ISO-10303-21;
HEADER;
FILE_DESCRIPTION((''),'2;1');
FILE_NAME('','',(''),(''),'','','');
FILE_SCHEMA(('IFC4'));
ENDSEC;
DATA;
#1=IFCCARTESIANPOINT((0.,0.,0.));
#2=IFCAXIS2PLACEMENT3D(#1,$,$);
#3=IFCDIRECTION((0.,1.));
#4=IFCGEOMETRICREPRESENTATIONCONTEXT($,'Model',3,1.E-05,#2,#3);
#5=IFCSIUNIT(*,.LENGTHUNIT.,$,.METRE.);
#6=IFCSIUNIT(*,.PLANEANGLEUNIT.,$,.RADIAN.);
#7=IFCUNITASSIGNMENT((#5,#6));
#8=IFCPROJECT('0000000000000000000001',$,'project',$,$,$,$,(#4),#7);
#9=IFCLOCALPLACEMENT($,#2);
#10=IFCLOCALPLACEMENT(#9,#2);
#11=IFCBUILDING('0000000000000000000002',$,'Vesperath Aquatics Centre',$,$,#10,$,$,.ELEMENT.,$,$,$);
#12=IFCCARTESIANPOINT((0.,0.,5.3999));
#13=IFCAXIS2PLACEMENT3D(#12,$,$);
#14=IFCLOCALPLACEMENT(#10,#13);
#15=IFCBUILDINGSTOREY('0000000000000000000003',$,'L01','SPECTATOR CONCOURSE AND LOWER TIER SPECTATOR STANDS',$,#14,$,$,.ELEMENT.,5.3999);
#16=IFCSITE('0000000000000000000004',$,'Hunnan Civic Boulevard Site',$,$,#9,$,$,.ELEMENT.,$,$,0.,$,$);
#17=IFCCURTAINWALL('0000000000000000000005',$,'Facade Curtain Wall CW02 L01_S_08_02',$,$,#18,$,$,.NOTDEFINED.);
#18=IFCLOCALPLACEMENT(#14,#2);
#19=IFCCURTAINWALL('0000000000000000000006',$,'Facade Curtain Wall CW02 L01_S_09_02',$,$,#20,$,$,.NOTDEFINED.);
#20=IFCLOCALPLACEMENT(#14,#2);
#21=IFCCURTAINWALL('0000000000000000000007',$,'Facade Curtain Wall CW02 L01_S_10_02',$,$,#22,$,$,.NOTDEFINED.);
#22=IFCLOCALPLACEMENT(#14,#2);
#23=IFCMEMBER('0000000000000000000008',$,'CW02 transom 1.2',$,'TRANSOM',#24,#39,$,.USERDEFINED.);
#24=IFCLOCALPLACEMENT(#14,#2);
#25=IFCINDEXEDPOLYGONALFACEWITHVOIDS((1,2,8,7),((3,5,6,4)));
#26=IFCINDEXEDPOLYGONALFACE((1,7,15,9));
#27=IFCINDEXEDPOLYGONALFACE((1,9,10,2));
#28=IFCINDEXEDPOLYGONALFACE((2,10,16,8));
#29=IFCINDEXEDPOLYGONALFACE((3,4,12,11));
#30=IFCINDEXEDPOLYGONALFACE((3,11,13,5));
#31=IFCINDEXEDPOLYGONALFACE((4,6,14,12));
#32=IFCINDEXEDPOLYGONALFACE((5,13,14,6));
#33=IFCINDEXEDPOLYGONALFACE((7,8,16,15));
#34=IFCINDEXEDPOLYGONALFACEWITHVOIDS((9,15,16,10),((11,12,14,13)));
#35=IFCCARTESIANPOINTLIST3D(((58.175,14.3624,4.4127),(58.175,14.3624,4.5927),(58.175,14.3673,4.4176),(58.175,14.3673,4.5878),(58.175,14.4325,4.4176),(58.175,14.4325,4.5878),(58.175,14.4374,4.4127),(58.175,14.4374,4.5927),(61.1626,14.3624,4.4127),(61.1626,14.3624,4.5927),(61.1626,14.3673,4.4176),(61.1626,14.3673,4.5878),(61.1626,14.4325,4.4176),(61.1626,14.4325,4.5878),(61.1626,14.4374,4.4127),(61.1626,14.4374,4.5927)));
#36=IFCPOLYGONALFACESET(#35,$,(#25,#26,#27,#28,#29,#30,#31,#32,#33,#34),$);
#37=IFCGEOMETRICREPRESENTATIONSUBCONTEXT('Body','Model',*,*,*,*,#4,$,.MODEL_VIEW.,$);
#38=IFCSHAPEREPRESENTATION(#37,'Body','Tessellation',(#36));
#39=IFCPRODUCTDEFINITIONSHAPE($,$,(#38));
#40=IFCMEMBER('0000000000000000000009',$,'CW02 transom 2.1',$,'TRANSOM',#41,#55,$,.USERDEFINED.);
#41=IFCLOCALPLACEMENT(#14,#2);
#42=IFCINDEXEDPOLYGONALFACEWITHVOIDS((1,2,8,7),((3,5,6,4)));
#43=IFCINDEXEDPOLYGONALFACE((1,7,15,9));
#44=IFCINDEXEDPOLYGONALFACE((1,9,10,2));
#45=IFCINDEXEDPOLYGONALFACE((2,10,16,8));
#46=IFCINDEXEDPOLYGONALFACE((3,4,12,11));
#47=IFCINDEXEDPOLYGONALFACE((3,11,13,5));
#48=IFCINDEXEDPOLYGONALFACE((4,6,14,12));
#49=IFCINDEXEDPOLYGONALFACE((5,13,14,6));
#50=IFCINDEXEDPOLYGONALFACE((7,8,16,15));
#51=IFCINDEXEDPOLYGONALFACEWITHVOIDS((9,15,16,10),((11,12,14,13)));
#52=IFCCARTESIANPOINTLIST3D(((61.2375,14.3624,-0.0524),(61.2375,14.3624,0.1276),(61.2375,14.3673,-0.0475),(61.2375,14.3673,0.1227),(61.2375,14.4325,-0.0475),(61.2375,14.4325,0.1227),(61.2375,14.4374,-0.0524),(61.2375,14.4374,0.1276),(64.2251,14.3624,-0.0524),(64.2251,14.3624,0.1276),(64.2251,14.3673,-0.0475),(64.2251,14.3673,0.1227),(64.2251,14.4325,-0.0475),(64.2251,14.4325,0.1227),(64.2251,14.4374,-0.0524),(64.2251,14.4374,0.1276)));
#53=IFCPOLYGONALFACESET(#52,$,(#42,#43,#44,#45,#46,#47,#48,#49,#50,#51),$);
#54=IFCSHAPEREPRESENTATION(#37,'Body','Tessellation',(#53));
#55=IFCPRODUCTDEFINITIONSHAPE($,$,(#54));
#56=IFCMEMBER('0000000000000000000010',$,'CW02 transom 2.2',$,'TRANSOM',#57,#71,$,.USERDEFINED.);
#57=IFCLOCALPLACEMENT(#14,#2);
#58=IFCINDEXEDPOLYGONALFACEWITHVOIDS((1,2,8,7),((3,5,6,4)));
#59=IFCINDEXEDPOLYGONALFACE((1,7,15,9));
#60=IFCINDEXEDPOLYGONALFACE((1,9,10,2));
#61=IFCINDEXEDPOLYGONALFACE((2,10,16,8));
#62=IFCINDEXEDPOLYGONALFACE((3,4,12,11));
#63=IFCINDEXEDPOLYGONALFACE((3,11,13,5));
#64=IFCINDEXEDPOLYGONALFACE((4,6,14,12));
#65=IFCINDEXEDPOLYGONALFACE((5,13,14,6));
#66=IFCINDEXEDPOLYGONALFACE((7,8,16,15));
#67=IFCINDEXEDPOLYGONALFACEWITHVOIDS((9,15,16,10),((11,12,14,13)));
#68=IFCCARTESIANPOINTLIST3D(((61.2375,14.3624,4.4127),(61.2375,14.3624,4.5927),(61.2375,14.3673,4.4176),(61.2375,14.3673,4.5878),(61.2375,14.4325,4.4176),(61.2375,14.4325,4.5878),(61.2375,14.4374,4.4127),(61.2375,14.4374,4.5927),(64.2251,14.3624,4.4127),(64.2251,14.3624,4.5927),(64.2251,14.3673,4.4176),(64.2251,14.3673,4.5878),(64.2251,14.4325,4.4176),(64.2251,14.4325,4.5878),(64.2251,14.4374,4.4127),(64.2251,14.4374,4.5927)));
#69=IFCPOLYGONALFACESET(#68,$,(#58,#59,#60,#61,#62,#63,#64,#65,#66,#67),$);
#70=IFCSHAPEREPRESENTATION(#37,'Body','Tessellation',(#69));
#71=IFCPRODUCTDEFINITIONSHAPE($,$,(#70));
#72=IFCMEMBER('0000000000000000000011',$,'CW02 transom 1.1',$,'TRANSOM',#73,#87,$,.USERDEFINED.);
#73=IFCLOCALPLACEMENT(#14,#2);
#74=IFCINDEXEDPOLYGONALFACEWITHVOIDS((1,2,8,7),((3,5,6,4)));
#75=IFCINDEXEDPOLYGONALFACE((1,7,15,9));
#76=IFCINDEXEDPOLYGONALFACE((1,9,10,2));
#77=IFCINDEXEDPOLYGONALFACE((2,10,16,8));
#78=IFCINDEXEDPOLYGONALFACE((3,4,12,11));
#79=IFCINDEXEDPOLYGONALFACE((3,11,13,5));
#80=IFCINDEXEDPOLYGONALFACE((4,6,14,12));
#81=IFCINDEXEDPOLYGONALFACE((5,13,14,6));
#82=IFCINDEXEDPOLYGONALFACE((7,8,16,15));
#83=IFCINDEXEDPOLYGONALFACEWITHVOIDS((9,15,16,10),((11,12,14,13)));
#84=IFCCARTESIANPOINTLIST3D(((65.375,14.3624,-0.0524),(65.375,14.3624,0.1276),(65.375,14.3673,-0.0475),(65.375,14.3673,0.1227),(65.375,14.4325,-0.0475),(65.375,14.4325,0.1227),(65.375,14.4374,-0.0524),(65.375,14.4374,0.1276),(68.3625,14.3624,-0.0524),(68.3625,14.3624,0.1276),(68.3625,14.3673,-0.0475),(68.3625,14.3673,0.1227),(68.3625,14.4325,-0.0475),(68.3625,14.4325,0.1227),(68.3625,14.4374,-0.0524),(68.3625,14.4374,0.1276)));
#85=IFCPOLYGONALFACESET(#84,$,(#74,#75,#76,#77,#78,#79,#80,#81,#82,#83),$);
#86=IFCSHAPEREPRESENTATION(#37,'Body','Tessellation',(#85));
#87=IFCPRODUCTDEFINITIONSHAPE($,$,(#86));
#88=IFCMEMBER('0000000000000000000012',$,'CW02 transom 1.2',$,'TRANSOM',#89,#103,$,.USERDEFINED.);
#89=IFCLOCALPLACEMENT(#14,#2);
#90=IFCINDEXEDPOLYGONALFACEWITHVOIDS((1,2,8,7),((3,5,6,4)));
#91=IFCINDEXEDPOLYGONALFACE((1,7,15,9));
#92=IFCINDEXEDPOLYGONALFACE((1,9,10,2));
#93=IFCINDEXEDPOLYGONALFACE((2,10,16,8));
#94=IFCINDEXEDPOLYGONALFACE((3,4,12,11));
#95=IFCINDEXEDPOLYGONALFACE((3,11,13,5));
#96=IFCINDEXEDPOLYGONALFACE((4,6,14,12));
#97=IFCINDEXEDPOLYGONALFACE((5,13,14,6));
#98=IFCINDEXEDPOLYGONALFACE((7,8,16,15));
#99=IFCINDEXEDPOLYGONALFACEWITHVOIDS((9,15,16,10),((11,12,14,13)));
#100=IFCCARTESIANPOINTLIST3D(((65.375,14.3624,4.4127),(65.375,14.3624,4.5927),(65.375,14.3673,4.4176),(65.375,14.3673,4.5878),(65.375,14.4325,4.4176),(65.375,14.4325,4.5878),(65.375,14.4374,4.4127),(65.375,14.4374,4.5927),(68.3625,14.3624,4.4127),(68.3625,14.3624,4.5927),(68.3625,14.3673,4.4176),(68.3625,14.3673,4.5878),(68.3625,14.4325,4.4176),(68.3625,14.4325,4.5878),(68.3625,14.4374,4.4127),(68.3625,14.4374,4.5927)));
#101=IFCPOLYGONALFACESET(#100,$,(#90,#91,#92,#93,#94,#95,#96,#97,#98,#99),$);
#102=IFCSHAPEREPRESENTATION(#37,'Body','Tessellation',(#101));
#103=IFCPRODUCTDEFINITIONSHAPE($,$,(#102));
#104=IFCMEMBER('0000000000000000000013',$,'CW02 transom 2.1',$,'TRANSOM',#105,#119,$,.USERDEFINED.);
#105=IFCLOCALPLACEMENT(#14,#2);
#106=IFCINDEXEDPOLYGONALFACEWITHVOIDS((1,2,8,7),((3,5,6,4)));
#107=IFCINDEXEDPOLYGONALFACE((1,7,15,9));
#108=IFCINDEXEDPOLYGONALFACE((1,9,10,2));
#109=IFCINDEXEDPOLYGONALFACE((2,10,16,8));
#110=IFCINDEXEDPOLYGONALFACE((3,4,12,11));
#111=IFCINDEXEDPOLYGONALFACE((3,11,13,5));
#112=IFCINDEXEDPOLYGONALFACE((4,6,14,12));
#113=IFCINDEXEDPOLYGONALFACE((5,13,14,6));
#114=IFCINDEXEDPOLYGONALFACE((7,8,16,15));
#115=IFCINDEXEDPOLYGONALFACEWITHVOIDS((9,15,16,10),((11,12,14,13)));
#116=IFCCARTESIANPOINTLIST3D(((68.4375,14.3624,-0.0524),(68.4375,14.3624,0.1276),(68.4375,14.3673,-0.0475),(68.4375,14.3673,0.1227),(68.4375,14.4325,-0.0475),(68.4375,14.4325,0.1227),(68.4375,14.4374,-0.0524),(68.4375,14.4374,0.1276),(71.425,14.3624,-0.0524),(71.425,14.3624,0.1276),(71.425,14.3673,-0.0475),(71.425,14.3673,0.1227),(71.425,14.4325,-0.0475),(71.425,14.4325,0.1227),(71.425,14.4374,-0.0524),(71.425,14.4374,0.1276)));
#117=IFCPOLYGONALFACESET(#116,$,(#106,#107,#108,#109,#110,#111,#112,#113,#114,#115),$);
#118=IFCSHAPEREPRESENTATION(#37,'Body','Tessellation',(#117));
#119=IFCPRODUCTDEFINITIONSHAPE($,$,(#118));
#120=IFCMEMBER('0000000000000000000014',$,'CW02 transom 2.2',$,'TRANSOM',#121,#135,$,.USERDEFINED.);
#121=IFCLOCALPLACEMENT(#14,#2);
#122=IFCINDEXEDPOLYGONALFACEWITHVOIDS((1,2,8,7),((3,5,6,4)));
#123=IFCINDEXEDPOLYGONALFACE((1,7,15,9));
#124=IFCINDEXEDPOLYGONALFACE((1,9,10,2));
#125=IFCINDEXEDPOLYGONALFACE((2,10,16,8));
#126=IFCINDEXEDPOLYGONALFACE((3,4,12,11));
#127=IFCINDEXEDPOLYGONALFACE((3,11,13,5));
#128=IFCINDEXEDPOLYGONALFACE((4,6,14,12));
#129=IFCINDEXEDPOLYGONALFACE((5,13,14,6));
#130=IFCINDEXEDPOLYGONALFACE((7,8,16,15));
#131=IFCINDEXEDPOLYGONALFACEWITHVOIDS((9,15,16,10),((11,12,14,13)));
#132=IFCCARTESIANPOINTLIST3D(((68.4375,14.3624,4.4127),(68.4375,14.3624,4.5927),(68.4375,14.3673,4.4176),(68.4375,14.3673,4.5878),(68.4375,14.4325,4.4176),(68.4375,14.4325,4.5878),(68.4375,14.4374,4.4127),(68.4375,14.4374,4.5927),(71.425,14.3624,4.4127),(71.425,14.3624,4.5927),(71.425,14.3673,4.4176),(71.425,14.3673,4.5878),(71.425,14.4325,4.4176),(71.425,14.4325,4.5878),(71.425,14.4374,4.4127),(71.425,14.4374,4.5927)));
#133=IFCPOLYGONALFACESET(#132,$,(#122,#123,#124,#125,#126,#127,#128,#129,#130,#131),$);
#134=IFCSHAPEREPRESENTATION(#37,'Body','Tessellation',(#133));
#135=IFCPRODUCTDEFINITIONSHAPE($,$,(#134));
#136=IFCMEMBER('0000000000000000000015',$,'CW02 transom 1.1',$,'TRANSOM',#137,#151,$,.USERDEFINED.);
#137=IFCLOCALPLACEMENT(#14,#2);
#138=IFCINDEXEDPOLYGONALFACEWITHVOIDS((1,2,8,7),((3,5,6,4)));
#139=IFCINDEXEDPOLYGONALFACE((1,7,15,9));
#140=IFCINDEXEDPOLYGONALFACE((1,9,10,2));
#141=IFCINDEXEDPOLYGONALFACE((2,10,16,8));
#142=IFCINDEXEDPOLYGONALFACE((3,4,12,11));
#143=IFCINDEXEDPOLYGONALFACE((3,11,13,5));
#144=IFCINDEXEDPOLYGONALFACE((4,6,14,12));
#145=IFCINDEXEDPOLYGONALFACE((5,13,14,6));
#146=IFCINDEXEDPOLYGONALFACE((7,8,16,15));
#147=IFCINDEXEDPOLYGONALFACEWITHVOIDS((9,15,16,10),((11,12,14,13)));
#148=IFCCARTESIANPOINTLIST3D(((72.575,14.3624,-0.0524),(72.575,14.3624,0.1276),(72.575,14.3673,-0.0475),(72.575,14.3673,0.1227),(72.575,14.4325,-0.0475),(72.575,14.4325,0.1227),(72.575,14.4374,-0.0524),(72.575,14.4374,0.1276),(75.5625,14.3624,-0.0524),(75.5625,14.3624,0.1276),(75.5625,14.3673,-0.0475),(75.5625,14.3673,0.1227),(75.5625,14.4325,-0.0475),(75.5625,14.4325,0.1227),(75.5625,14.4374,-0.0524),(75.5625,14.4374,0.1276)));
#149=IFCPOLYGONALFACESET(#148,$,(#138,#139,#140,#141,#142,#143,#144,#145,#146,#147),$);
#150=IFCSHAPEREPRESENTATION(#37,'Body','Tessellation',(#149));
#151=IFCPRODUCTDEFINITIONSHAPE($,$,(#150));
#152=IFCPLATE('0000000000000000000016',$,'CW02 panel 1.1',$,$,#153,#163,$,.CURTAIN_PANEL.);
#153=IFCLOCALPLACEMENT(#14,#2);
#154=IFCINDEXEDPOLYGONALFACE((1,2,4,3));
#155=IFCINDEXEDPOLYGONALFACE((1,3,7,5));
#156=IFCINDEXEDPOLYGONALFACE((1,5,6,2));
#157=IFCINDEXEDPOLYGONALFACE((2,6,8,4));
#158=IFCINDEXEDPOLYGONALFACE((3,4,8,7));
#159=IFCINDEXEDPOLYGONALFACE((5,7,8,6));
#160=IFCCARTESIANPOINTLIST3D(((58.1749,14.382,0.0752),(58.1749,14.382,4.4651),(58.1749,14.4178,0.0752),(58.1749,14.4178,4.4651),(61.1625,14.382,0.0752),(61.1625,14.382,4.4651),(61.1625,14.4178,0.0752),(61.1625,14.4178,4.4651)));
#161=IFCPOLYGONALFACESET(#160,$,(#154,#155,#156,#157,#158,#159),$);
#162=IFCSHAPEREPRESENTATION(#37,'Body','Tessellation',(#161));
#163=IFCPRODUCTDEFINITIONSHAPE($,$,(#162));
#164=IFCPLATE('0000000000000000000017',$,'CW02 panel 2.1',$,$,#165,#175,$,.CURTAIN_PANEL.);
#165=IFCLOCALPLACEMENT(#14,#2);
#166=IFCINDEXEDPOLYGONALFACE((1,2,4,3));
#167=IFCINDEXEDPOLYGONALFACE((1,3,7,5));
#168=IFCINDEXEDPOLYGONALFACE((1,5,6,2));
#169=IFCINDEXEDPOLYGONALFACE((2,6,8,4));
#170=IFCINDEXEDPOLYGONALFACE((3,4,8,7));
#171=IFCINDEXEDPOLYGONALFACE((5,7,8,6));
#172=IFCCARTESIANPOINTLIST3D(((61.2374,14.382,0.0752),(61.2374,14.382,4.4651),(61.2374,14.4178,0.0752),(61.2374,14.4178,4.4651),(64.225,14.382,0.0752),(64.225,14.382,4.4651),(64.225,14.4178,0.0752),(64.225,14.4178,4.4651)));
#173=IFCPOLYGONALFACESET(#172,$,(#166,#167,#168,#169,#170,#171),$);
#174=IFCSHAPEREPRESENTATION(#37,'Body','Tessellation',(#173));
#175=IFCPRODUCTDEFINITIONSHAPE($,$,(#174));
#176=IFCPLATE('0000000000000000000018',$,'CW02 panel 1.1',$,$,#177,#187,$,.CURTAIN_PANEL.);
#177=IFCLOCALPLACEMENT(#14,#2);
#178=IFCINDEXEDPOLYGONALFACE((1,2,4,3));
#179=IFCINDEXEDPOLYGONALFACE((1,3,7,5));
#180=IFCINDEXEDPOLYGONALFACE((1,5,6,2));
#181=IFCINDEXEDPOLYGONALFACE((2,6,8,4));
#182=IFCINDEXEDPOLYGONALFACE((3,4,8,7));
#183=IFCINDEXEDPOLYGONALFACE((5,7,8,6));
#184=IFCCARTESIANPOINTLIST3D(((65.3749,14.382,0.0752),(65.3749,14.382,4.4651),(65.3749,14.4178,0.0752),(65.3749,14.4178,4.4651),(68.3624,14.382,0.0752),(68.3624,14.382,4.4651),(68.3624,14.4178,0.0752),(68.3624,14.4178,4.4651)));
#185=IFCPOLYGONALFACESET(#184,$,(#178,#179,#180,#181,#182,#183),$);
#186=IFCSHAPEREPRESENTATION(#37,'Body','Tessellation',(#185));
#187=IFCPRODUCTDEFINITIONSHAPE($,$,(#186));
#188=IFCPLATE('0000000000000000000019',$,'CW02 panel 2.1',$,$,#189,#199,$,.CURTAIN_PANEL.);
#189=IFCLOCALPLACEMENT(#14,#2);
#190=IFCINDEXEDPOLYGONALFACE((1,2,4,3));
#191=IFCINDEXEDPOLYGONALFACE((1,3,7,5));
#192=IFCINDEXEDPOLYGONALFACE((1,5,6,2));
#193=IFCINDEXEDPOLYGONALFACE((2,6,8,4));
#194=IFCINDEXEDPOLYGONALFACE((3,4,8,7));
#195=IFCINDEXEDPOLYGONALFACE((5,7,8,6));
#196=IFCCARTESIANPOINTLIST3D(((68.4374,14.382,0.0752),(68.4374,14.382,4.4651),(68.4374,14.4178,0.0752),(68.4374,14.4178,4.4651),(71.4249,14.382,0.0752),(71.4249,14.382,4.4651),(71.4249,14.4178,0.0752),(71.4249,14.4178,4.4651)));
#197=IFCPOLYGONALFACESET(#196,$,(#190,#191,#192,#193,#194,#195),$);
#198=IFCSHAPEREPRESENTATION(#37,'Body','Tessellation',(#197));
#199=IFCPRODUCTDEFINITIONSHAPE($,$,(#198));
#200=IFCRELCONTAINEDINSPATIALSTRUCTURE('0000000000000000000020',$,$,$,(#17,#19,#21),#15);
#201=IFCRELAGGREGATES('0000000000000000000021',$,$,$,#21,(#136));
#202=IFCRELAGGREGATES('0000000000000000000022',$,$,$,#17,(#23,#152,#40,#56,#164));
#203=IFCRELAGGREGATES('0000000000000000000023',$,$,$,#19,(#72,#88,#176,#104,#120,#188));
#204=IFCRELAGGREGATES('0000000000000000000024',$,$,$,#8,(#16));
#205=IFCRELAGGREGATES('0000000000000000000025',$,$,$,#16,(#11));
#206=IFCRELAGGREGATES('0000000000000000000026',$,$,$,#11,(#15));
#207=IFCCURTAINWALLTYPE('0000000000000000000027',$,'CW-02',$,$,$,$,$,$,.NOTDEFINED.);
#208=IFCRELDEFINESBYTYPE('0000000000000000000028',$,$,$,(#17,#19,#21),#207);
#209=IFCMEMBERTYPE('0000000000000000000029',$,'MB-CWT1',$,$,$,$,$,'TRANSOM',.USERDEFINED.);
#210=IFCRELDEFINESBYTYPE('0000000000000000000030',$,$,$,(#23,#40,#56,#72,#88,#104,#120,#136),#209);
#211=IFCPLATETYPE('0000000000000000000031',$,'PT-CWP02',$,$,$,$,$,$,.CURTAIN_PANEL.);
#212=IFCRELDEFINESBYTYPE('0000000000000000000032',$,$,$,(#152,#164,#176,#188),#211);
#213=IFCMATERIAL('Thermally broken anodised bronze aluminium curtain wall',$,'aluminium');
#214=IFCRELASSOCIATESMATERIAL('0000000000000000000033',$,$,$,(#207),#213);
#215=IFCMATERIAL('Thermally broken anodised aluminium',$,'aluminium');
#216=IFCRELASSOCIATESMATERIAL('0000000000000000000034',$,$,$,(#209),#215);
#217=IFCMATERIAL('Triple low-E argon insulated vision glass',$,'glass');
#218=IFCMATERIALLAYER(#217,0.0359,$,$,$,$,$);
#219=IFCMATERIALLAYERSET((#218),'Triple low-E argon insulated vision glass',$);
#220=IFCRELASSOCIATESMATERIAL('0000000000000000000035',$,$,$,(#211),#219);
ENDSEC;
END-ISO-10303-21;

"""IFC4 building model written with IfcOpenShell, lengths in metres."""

from ifc_helpers import new_model, si_unit, direction, frame, origin, origin_2d, place, context, subcontext, project, spatial, rectangle, hollow_rectangle, extrude, material, layer, layer_set, material_profile, profile_set, type_object, element, aggregate, save


model = new_model("IFC4")

# Units and contexts
model_context = context("Model", 3, precision=1e-05, world=origin(), true_north=direction((0.0, 1.0)))
body_context = subcontext(model_context, "Body", "Model", "MODEL_VIEW")
ifc_project = project(units=[si_unit("LENGTHUNIT", "METRE"), si_unit("PLANEANGLEUNIT", "RADIAN")], contexts=[model_context])

# Site, building, storey
site_placement = place(None, origin())
site = spatial("IfcSite", under=ifc_project, at=site_placement, Name="Hunnan Civic Boulevard Site", CompositionType="ELEMENT", RefElevation=0.0)
building_placement = place(site_placement, origin())
building = spatial("IfcBuilding", under=site, at=building_placement, Name="Vesperath Aquatics Centre", CompositionType="ELEMENT")
storey_placement = place(building_placement, frame((0.0, 0.0, 5.3999)))
storey = spatial("IfcBuildingStorey", under=building, at=storey_placement, Name="L01", Description="SPECTATOR CONCOURSE AND LOWER TIER SPECTATOR STANDS", CompositionType="ELEMENT", Elevation=5.3999)

# Curtain walls
ifc_material_1 = material(Name="Thermally broken anodised bronze aluminium curtain wall", Category="aluminium")
curtain_wall_type = type_object("IfcCurtainWallType", Name="CW-02", PredefinedType="NOTDEFINED", material=ifc_material_1)
curtain_wall_1_placement = place(storey_placement, origin())
curtain_wall_1 = element("IfcCurtainWall", 1, at=curtain_wall_1_placement, inside=storey, type_object=curtain_wall_type, Name="Facade Curtain Wall CW02 L01_S_08_02", PredefinedType="NOTDEFINED")
ifc_material_2 = material(Name="Thermally broken anodised aluminium", Category="aluminium")
curtain_wall_2_placement = place(storey_placement, origin())
curtain_wall_2 = element("IfcCurtainWall", 2, at=curtain_wall_2_placement, inside=storey, type_object=curtain_wall_type, Name="Facade Curtain Wall CW02 L01_S_09_02", PredefinedType="NOTDEFINED")

# Curtain wall
curtain_wall_3_placement = place(storey_placement, origin())
curtain_wall_3 = element("IfcCurtainWall", 3, at=curtain_wall_3_placement, inside=storey, type_object=curtain_wall_type, Name="Facade Curtain Wall CW02 L01_S_10_02", PredefinedType="NOTDEFINED")

# Members
ifc_material_profile_1 = material_profile(ifc_material_2, hollow_rectangle(XDim=0.075, YDim=0.1799, WallThickness=0.0049, at=origin_2d()), Name="CWT 75x180x5")
ifc_profile_set_1 = profile_set([ifc_material_profile_1], Name="Thermally broken anodised aluminium")
member_type_1 = type_object("IfcMemberType", Name="MB-CWT1", ElementType="TRANSOM", PredefinedType="USERDEFINED", material=ifc_profile_set_1)
member_1_placement = place(storey_placement, frame((58.175, 14.3999, 4.5027), z_axis=(1.0, 0.0, 0.0), x_axis=(0.0, 1.0, 0.0)))
member_1 = element("IfcMember", 4, at=member_1_placement, type_object=member_type_1, Name="CW02 transom 1.2", ObjectType="TRANSOM", PredefinedType="USERDEFINED", context=body_context, shape_type="SweptSolid", body=[
    extrude(hollow_rectangle(XDim=0.075, YDim=0.1799, WallThickness=0.0049, at=origin_2d()), origin(), (0.0, 0.0, 1.0), 2.9875),
])
member_2_placement = place(storey_placement, frame((61.2375, 14.3999, 0.0376), z_axis=(1.0, 0.0, 0.0), x_axis=(0.0, 1.0, 0.0)))
member_2 = element("IfcMember", 5, at=member_2_placement, type_object=member_type_1, Name="CW02 transom 2.1", ObjectType="TRANSOM", PredefinedType="USERDEFINED", context=body_context, shape_type="SweptSolid", body=[
    extrude(hollow_rectangle(XDim=0.075, YDim=0.1799, WallThickness=0.0049, at=origin_2d()), origin(), (0.0, 0.0, 1.0), 2.9875),
])
member_3_placement = place(storey_placement, frame((61.2375, 14.3999, 4.5027), z_axis=(1.0, 0.0, 0.0), x_axis=(0.0, 1.0, 0.0)))
member_3 = element("IfcMember", 6, at=member_3_placement, type_object=member_type_1, Name="CW02 transom 2.2", ObjectType="TRANSOM", PredefinedType="USERDEFINED", context=body_context, shape_type="SweptSolid", body=[
    extrude(hollow_rectangle(XDim=0.075, YDim=0.1799, WallThickness=0.0049, at=origin_2d()), origin(), (0.0, 0.0, 1.0), 2.9875),
])
member_4_placement = place(storey_placement, frame((65.375, 14.3999, 0.0376), z_axis=(1.0, 0.0, 0.0), x_axis=(0.0, 1.0, 0.0)))
member_4 = element("IfcMember", 7, at=member_4_placement, type_object=member_type_1, Name="CW02 transom 1.1", ObjectType="TRANSOM", PredefinedType="USERDEFINED", context=body_context, shape_type="SweptSolid", body=[
    extrude(hollow_rectangle(XDim=0.075, YDim=0.1799, WallThickness=0.0049, at=origin_2d()), origin(), (0.0, 0.0, 1.0), 2.9875),
])
member_5_placement = place(storey_placement, frame((65.375, 14.3999, 4.5027), z_axis=(1.0, 0.0, 0.0), x_axis=(0.0, 1.0, 0.0)))
member_5 = element("IfcMember", 8, at=member_5_placement, type_object=member_type_1, Name="CW02 transom 1.2", ObjectType="TRANSOM", PredefinedType="USERDEFINED", context=body_context, shape_type="SweptSolid", body=[
    extrude(hollow_rectangle(XDim=0.075, YDim=0.1799, WallThickness=0.0049, at=origin_2d()), origin(), (0.0, 0.0, 1.0), 2.9875),
])
member_6_placement = place(storey_placement, frame((68.4375, 14.3999, 0.0376), z_axis=(1.0, 0.0, 0.0), x_axis=(0.0, 1.0, 0.0)))
member_6 = element("IfcMember", 9, at=member_6_placement, type_object=member_type_1, Name="CW02 transom 2.1", ObjectType="TRANSOM", PredefinedType="USERDEFINED", context=body_context, shape_type="SweptSolid", body=[
    extrude(hollow_rectangle(XDim=0.075, YDim=0.1799, WallThickness=0.0049, at=origin_2d()), origin(), (0.0, 0.0, 1.0), 2.9875),
])
member_7_placement = place(storey_placement, frame((68.4375, 14.3999, 4.5027), z_axis=(1.0, 0.0, 0.0), x_axis=(0.0, 1.0, 0.0)))
member_7 = element("IfcMember", 10, at=member_7_placement, type_object=member_type_1, Name="CW02 transom 2.2", ObjectType="TRANSOM", PredefinedType="USERDEFINED", context=body_context, shape_type="SweptSolid", body=[
    extrude(hollow_rectangle(XDim=0.075, YDim=0.1799, WallThickness=0.0049, at=origin_2d()), origin(), (0.0, 0.0, 1.0), 2.9875),
])
member_8_placement = place(storey_placement, frame((72.575, 14.3999, 0.0376), z_axis=(1.0, 0.0, 0.0), x_axis=(0.0, 1.0, 0.0)))
member_8 = element("IfcMember", 11, at=member_8_placement, type_object=member_type_1, Name="CW02 transom 1.1", ObjectType="TRANSOM", PredefinedType="USERDEFINED", context=body_context, shape_type="SweptSolid", body=[
    extrude(hollow_rectangle(XDim=0.075, YDim=0.1799, WallThickness=0.0049, at=origin_2d()), origin(), (0.0, 0.0, 1.0), 2.9875),
])
aggregate(curtain_wall_3, [member_8])

# Plates
ifc_material_3 = material(Name="Triple low-E argon insulated vision glass", Category="glass")
ifc_layer = layer(ifc_material_3, 0.0359)
ifc_layer_set = layer_set([ifc_layer], Name="Triple low-E argon insulated vision glass")
plate_type = type_object("IfcPlateType", Name="PT-CWP02", PredefinedType="CURTAIN_PANEL", material=ifc_layer_set)
plate_1_placement = place(storey_placement, frame((59.6687, 14.3999, 0.0752), z_axis=(0.0, 0.0, 1.0), x_axis=(1.0, 0.0, 0.0)))
plate_1 = element("IfcPlate", 12, at=plate_1_placement, type_object=plate_type, Name="CW02 panel 1.1", PredefinedType="CURTAIN_PANEL", context=body_context, shape_type="SweptSolid", body=[
    extrude(rectangle(XDim=2.9875, YDim=0.0359, at=origin_2d()), origin(), (0.0, 0.0, 1.0), 4.3899),
])
plate_2_placement = place(storey_placement, frame((62.7312, 14.3999, 0.0752), z_axis=(0.0, 0.0, 1.0), x_axis=(1.0, 0.0, 0.0)))
plate_2 = element("IfcPlate", 13, at=plate_2_placement, type_object=plate_type, Name="CW02 panel 2.1", PredefinedType="CURTAIN_PANEL", context=body_context, shape_type="SweptSolid", body=[
    extrude(rectangle(XDim=2.9875, YDim=0.0359, at=origin_2d()), origin(), (0.0, 0.0, 1.0), 4.3899),
])
aggregate(curtain_wall_1, [member_1, plate_1, member_2, member_3, plate_2])
plate_3_placement = place(storey_placement, frame((66.8687, 14.3999, 0.0752), z_axis=(0.0, 0.0, 1.0), x_axis=(1.0, 0.0, 0.0)))
plate_3 = element("IfcPlate", 14, at=plate_3_placement, type_object=plate_type, Name="CW02 panel 1.1", PredefinedType="CURTAIN_PANEL", context=body_context, shape_type="SweptSolid", body=[
    extrude(rectangle(XDim=2.9875, YDim=0.0359, at=origin_2d()), origin(), (0.0, 0.0, 1.0), 4.3899),
])
plate_4_placement = place(storey_placement, frame((69.9312, 14.3999, 0.0752), z_axis=(0.0, 0.0, 1.0), x_axis=(1.0, 0.0, 0.0)))
plate_4 = element("IfcPlate", 15, at=plate_4_placement, type_object=plate_type, Name="CW02 panel 2.1", PredefinedType="CURTAIN_PANEL", context=body_context, shape_type="SweptSolid", body=[
    extrude(rectangle(XDim=2.9875, YDim=0.0359, at=origin_2d()), origin(), (0.0, 0.0, 1.0), 4.3899),
])
aggregate(curtain_wall_2, [member_4, member_5, plate_3, member_6, member_7, plate_4])

save(model, "model.ifc")
